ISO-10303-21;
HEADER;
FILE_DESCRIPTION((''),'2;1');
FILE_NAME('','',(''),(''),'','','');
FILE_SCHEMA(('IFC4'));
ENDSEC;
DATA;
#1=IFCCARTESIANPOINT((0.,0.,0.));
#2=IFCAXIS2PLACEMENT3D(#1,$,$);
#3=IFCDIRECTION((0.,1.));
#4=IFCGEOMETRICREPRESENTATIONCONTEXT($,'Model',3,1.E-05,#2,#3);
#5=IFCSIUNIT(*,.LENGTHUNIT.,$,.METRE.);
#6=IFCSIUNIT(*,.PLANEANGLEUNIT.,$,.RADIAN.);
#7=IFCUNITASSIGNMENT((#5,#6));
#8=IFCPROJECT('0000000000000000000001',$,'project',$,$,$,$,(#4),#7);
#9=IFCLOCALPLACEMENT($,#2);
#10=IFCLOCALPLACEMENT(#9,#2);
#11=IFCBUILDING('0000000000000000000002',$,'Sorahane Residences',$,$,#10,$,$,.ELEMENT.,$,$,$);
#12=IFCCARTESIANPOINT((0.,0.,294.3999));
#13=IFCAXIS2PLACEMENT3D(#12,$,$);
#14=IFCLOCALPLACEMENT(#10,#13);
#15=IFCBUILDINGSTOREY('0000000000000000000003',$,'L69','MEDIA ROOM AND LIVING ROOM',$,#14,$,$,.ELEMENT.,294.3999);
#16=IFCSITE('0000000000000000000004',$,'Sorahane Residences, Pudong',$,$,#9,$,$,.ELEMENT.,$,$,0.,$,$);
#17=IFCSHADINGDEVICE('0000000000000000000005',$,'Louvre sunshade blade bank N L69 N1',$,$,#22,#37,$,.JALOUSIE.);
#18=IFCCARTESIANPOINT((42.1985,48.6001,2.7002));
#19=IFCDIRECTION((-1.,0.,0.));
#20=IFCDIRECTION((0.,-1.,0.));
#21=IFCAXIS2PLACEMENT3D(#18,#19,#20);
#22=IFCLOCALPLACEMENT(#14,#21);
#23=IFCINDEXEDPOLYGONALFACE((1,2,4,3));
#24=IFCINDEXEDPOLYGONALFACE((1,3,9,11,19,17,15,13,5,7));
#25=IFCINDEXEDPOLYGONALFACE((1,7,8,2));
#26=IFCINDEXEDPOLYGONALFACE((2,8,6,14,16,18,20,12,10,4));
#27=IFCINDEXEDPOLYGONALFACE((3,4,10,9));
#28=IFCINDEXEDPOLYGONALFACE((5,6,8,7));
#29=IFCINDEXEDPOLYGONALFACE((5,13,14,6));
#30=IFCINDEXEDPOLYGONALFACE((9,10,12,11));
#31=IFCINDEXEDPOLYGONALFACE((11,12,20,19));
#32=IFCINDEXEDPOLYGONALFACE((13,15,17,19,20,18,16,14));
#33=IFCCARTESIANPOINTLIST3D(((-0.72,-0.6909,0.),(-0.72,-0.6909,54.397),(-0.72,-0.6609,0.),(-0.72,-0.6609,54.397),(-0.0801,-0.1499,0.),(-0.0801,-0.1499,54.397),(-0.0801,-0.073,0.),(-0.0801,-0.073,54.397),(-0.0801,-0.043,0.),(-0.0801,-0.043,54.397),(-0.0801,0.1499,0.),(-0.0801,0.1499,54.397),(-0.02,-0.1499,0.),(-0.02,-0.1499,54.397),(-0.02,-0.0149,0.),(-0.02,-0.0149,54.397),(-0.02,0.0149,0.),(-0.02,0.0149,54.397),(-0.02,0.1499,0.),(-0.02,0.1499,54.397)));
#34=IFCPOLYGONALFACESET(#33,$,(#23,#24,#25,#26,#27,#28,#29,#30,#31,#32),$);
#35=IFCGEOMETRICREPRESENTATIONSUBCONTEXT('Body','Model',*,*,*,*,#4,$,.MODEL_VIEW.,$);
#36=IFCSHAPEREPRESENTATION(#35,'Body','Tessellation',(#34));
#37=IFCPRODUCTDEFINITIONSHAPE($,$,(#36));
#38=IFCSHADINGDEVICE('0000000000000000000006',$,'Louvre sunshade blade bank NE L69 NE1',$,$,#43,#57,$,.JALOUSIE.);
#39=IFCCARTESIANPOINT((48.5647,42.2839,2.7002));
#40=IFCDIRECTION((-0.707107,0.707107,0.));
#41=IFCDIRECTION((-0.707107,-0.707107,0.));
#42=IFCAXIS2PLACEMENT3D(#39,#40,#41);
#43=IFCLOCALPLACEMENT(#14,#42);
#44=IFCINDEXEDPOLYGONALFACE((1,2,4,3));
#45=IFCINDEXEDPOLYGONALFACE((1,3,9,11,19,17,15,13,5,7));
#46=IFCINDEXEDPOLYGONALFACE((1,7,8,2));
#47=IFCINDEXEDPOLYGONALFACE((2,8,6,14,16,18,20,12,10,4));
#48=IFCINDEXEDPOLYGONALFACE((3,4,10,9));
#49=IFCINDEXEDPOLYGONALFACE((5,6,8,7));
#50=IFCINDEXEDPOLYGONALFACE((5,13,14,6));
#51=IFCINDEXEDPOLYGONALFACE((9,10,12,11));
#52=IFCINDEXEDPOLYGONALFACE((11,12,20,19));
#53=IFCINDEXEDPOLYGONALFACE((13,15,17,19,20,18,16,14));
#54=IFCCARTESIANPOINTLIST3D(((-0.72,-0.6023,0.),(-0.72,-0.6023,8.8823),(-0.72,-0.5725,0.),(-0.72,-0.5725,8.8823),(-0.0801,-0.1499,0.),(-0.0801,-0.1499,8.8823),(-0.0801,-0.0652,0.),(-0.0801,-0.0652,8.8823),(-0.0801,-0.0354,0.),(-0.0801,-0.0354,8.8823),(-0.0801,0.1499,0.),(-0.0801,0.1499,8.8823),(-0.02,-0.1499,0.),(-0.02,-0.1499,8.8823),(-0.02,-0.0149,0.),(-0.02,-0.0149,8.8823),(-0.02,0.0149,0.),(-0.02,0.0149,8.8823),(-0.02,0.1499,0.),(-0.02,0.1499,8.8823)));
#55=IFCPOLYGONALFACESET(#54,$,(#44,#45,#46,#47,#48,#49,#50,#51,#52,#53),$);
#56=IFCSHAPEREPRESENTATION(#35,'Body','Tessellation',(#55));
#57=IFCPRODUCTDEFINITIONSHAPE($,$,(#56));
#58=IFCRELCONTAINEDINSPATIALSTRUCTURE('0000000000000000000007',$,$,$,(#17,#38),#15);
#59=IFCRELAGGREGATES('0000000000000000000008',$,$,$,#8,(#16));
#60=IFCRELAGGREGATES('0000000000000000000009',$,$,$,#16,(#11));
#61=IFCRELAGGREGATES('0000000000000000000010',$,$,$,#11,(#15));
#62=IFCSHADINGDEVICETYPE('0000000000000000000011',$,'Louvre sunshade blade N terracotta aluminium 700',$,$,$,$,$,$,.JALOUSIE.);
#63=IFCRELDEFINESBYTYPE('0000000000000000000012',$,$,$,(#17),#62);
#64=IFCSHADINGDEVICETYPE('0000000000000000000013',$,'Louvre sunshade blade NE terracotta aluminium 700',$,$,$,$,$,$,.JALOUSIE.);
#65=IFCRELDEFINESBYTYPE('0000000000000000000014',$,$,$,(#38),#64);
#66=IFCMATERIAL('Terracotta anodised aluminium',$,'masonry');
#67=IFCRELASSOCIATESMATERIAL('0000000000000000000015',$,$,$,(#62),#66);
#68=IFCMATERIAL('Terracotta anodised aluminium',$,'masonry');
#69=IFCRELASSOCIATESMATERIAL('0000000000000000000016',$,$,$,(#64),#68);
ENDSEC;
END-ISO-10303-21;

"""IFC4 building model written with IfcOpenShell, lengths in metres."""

from ifc_helpers import new_model, si_unit, direction, frame, origin, place, context, subcontext, project, spatial, polyline, outline, extrude, material, type_object, element, save


model = new_model("IFC4")

# Units and contexts
model_context = context("Model", 3, precision=1e-05, world=origin(), true_north=direction((0.0, 1.0)))
body_context = subcontext(model_context, "Body", "Model", "MODEL_VIEW")
ifc_project = project(units=[si_unit("LENGTHUNIT", "METRE"), si_unit("PLANEANGLEUNIT", "RADIAN")], contexts=[model_context])

# Site, building, storey
site_placement = place(None, origin())
site = spatial("IfcSite", under=ifc_project, at=site_placement, Name="Sorahane Residences, Pudong", CompositionType="ELEMENT", RefElevation=0.0)
building_placement = place(site_placement, origin())
building = spatial("IfcBuilding", under=site, at=building_placement, Name="Sorahane Residences", CompositionType="ELEMENT")
storey_placement = place(building_placement, frame((0.0, 0.0, 294.3999)))
storey = spatial("IfcBuildingStorey", under=building, at=storey_placement, Name="L69", Description="MEDIA ROOM AND LIVING ROOM", CompositionType="ELEMENT", Elevation=294.3999)

# Shading devices
ifc_material_1 = material(Name="Terracotta anodised aluminium", Category="masonry")
shading_device_type_1 = type_object("IfcShadingDeviceType", Name="Louvre sunshade blade N terracotta aluminium 700", PredefinedType="JALOUSIE", material=ifc_material_1)
shading_device_1_placement = place(storey_placement, frame((42.1985, 48.6001, 2.7002), z_axis=(-1.0, 0.0, 0.0), x_axis=(0.0, -1.0, 0.0)))
element("IfcShadingDevice", 1, at=shading_device_1_placement, inside=storey, type_object=shading_device_type_1, Name="Louvre sunshade blade bank N L69 N1", PredefinedType="JALOUSIE", context=body_context, shape_type="SweptSolid", body=[
    extrude(outline(polyline([(-0.72, -0.6609), (-0.72, -0.6909), (-0.0801, -0.073), (-0.0801, -0.1499), (-0.02, -0.1499), (-0.02, -0.0149), (-0.02, 0.0149), (-0.02, 0.1499), (-0.0801, 0.1499), (-0.0801, -0.043), (-0.72, -0.6609)])), origin(), (0.0, 0.0, 1.0), 54.397),
])
ifc_material_2 = material(Name="Terracotta anodised aluminium", Category="masonry")
shading_device_type_2 = type_object("IfcShadingDeviceType", Name="Louvre sunshade blade NE terracotta aluminium 700", PredefinedType="JALOUSIE", material=ifc_material_2)
shading_device_2_placement = place(storey_placement, frame((48.5647, 42.2839, 2.7002), z_axis=(-0.707107, 0.707107, 0.0), x_axis=(-0.707107, -0.707107, 0.0)))
element("IfcShadingDevice", 2, at=shading_device_2_placement, inside=storey, type_object=shading_device_type_2, Name="Louvre sunshade blade bank NE L69 NE1", PredefinedType="JALOUSIE", context=body_context, shape_type="SweptSolid", body=[
    extrude(outline(polyline([(-0.72, -0.5725), (-0.72, -0.6023), (-0.0801, -0.0652), (-0.0801, -0.1499), (-0.02, -0.1499), (-0.02, -0.0149), (-0.02, 0.0149), (-0.02, 0.1499), (-0.0801, 0.1499), (-0.0801, -0.0354), (-0.72, -0.5725)])), origin(), (0.0, 0.0, 1.0), 8.8823),
])

save(model, "model.ifc")
